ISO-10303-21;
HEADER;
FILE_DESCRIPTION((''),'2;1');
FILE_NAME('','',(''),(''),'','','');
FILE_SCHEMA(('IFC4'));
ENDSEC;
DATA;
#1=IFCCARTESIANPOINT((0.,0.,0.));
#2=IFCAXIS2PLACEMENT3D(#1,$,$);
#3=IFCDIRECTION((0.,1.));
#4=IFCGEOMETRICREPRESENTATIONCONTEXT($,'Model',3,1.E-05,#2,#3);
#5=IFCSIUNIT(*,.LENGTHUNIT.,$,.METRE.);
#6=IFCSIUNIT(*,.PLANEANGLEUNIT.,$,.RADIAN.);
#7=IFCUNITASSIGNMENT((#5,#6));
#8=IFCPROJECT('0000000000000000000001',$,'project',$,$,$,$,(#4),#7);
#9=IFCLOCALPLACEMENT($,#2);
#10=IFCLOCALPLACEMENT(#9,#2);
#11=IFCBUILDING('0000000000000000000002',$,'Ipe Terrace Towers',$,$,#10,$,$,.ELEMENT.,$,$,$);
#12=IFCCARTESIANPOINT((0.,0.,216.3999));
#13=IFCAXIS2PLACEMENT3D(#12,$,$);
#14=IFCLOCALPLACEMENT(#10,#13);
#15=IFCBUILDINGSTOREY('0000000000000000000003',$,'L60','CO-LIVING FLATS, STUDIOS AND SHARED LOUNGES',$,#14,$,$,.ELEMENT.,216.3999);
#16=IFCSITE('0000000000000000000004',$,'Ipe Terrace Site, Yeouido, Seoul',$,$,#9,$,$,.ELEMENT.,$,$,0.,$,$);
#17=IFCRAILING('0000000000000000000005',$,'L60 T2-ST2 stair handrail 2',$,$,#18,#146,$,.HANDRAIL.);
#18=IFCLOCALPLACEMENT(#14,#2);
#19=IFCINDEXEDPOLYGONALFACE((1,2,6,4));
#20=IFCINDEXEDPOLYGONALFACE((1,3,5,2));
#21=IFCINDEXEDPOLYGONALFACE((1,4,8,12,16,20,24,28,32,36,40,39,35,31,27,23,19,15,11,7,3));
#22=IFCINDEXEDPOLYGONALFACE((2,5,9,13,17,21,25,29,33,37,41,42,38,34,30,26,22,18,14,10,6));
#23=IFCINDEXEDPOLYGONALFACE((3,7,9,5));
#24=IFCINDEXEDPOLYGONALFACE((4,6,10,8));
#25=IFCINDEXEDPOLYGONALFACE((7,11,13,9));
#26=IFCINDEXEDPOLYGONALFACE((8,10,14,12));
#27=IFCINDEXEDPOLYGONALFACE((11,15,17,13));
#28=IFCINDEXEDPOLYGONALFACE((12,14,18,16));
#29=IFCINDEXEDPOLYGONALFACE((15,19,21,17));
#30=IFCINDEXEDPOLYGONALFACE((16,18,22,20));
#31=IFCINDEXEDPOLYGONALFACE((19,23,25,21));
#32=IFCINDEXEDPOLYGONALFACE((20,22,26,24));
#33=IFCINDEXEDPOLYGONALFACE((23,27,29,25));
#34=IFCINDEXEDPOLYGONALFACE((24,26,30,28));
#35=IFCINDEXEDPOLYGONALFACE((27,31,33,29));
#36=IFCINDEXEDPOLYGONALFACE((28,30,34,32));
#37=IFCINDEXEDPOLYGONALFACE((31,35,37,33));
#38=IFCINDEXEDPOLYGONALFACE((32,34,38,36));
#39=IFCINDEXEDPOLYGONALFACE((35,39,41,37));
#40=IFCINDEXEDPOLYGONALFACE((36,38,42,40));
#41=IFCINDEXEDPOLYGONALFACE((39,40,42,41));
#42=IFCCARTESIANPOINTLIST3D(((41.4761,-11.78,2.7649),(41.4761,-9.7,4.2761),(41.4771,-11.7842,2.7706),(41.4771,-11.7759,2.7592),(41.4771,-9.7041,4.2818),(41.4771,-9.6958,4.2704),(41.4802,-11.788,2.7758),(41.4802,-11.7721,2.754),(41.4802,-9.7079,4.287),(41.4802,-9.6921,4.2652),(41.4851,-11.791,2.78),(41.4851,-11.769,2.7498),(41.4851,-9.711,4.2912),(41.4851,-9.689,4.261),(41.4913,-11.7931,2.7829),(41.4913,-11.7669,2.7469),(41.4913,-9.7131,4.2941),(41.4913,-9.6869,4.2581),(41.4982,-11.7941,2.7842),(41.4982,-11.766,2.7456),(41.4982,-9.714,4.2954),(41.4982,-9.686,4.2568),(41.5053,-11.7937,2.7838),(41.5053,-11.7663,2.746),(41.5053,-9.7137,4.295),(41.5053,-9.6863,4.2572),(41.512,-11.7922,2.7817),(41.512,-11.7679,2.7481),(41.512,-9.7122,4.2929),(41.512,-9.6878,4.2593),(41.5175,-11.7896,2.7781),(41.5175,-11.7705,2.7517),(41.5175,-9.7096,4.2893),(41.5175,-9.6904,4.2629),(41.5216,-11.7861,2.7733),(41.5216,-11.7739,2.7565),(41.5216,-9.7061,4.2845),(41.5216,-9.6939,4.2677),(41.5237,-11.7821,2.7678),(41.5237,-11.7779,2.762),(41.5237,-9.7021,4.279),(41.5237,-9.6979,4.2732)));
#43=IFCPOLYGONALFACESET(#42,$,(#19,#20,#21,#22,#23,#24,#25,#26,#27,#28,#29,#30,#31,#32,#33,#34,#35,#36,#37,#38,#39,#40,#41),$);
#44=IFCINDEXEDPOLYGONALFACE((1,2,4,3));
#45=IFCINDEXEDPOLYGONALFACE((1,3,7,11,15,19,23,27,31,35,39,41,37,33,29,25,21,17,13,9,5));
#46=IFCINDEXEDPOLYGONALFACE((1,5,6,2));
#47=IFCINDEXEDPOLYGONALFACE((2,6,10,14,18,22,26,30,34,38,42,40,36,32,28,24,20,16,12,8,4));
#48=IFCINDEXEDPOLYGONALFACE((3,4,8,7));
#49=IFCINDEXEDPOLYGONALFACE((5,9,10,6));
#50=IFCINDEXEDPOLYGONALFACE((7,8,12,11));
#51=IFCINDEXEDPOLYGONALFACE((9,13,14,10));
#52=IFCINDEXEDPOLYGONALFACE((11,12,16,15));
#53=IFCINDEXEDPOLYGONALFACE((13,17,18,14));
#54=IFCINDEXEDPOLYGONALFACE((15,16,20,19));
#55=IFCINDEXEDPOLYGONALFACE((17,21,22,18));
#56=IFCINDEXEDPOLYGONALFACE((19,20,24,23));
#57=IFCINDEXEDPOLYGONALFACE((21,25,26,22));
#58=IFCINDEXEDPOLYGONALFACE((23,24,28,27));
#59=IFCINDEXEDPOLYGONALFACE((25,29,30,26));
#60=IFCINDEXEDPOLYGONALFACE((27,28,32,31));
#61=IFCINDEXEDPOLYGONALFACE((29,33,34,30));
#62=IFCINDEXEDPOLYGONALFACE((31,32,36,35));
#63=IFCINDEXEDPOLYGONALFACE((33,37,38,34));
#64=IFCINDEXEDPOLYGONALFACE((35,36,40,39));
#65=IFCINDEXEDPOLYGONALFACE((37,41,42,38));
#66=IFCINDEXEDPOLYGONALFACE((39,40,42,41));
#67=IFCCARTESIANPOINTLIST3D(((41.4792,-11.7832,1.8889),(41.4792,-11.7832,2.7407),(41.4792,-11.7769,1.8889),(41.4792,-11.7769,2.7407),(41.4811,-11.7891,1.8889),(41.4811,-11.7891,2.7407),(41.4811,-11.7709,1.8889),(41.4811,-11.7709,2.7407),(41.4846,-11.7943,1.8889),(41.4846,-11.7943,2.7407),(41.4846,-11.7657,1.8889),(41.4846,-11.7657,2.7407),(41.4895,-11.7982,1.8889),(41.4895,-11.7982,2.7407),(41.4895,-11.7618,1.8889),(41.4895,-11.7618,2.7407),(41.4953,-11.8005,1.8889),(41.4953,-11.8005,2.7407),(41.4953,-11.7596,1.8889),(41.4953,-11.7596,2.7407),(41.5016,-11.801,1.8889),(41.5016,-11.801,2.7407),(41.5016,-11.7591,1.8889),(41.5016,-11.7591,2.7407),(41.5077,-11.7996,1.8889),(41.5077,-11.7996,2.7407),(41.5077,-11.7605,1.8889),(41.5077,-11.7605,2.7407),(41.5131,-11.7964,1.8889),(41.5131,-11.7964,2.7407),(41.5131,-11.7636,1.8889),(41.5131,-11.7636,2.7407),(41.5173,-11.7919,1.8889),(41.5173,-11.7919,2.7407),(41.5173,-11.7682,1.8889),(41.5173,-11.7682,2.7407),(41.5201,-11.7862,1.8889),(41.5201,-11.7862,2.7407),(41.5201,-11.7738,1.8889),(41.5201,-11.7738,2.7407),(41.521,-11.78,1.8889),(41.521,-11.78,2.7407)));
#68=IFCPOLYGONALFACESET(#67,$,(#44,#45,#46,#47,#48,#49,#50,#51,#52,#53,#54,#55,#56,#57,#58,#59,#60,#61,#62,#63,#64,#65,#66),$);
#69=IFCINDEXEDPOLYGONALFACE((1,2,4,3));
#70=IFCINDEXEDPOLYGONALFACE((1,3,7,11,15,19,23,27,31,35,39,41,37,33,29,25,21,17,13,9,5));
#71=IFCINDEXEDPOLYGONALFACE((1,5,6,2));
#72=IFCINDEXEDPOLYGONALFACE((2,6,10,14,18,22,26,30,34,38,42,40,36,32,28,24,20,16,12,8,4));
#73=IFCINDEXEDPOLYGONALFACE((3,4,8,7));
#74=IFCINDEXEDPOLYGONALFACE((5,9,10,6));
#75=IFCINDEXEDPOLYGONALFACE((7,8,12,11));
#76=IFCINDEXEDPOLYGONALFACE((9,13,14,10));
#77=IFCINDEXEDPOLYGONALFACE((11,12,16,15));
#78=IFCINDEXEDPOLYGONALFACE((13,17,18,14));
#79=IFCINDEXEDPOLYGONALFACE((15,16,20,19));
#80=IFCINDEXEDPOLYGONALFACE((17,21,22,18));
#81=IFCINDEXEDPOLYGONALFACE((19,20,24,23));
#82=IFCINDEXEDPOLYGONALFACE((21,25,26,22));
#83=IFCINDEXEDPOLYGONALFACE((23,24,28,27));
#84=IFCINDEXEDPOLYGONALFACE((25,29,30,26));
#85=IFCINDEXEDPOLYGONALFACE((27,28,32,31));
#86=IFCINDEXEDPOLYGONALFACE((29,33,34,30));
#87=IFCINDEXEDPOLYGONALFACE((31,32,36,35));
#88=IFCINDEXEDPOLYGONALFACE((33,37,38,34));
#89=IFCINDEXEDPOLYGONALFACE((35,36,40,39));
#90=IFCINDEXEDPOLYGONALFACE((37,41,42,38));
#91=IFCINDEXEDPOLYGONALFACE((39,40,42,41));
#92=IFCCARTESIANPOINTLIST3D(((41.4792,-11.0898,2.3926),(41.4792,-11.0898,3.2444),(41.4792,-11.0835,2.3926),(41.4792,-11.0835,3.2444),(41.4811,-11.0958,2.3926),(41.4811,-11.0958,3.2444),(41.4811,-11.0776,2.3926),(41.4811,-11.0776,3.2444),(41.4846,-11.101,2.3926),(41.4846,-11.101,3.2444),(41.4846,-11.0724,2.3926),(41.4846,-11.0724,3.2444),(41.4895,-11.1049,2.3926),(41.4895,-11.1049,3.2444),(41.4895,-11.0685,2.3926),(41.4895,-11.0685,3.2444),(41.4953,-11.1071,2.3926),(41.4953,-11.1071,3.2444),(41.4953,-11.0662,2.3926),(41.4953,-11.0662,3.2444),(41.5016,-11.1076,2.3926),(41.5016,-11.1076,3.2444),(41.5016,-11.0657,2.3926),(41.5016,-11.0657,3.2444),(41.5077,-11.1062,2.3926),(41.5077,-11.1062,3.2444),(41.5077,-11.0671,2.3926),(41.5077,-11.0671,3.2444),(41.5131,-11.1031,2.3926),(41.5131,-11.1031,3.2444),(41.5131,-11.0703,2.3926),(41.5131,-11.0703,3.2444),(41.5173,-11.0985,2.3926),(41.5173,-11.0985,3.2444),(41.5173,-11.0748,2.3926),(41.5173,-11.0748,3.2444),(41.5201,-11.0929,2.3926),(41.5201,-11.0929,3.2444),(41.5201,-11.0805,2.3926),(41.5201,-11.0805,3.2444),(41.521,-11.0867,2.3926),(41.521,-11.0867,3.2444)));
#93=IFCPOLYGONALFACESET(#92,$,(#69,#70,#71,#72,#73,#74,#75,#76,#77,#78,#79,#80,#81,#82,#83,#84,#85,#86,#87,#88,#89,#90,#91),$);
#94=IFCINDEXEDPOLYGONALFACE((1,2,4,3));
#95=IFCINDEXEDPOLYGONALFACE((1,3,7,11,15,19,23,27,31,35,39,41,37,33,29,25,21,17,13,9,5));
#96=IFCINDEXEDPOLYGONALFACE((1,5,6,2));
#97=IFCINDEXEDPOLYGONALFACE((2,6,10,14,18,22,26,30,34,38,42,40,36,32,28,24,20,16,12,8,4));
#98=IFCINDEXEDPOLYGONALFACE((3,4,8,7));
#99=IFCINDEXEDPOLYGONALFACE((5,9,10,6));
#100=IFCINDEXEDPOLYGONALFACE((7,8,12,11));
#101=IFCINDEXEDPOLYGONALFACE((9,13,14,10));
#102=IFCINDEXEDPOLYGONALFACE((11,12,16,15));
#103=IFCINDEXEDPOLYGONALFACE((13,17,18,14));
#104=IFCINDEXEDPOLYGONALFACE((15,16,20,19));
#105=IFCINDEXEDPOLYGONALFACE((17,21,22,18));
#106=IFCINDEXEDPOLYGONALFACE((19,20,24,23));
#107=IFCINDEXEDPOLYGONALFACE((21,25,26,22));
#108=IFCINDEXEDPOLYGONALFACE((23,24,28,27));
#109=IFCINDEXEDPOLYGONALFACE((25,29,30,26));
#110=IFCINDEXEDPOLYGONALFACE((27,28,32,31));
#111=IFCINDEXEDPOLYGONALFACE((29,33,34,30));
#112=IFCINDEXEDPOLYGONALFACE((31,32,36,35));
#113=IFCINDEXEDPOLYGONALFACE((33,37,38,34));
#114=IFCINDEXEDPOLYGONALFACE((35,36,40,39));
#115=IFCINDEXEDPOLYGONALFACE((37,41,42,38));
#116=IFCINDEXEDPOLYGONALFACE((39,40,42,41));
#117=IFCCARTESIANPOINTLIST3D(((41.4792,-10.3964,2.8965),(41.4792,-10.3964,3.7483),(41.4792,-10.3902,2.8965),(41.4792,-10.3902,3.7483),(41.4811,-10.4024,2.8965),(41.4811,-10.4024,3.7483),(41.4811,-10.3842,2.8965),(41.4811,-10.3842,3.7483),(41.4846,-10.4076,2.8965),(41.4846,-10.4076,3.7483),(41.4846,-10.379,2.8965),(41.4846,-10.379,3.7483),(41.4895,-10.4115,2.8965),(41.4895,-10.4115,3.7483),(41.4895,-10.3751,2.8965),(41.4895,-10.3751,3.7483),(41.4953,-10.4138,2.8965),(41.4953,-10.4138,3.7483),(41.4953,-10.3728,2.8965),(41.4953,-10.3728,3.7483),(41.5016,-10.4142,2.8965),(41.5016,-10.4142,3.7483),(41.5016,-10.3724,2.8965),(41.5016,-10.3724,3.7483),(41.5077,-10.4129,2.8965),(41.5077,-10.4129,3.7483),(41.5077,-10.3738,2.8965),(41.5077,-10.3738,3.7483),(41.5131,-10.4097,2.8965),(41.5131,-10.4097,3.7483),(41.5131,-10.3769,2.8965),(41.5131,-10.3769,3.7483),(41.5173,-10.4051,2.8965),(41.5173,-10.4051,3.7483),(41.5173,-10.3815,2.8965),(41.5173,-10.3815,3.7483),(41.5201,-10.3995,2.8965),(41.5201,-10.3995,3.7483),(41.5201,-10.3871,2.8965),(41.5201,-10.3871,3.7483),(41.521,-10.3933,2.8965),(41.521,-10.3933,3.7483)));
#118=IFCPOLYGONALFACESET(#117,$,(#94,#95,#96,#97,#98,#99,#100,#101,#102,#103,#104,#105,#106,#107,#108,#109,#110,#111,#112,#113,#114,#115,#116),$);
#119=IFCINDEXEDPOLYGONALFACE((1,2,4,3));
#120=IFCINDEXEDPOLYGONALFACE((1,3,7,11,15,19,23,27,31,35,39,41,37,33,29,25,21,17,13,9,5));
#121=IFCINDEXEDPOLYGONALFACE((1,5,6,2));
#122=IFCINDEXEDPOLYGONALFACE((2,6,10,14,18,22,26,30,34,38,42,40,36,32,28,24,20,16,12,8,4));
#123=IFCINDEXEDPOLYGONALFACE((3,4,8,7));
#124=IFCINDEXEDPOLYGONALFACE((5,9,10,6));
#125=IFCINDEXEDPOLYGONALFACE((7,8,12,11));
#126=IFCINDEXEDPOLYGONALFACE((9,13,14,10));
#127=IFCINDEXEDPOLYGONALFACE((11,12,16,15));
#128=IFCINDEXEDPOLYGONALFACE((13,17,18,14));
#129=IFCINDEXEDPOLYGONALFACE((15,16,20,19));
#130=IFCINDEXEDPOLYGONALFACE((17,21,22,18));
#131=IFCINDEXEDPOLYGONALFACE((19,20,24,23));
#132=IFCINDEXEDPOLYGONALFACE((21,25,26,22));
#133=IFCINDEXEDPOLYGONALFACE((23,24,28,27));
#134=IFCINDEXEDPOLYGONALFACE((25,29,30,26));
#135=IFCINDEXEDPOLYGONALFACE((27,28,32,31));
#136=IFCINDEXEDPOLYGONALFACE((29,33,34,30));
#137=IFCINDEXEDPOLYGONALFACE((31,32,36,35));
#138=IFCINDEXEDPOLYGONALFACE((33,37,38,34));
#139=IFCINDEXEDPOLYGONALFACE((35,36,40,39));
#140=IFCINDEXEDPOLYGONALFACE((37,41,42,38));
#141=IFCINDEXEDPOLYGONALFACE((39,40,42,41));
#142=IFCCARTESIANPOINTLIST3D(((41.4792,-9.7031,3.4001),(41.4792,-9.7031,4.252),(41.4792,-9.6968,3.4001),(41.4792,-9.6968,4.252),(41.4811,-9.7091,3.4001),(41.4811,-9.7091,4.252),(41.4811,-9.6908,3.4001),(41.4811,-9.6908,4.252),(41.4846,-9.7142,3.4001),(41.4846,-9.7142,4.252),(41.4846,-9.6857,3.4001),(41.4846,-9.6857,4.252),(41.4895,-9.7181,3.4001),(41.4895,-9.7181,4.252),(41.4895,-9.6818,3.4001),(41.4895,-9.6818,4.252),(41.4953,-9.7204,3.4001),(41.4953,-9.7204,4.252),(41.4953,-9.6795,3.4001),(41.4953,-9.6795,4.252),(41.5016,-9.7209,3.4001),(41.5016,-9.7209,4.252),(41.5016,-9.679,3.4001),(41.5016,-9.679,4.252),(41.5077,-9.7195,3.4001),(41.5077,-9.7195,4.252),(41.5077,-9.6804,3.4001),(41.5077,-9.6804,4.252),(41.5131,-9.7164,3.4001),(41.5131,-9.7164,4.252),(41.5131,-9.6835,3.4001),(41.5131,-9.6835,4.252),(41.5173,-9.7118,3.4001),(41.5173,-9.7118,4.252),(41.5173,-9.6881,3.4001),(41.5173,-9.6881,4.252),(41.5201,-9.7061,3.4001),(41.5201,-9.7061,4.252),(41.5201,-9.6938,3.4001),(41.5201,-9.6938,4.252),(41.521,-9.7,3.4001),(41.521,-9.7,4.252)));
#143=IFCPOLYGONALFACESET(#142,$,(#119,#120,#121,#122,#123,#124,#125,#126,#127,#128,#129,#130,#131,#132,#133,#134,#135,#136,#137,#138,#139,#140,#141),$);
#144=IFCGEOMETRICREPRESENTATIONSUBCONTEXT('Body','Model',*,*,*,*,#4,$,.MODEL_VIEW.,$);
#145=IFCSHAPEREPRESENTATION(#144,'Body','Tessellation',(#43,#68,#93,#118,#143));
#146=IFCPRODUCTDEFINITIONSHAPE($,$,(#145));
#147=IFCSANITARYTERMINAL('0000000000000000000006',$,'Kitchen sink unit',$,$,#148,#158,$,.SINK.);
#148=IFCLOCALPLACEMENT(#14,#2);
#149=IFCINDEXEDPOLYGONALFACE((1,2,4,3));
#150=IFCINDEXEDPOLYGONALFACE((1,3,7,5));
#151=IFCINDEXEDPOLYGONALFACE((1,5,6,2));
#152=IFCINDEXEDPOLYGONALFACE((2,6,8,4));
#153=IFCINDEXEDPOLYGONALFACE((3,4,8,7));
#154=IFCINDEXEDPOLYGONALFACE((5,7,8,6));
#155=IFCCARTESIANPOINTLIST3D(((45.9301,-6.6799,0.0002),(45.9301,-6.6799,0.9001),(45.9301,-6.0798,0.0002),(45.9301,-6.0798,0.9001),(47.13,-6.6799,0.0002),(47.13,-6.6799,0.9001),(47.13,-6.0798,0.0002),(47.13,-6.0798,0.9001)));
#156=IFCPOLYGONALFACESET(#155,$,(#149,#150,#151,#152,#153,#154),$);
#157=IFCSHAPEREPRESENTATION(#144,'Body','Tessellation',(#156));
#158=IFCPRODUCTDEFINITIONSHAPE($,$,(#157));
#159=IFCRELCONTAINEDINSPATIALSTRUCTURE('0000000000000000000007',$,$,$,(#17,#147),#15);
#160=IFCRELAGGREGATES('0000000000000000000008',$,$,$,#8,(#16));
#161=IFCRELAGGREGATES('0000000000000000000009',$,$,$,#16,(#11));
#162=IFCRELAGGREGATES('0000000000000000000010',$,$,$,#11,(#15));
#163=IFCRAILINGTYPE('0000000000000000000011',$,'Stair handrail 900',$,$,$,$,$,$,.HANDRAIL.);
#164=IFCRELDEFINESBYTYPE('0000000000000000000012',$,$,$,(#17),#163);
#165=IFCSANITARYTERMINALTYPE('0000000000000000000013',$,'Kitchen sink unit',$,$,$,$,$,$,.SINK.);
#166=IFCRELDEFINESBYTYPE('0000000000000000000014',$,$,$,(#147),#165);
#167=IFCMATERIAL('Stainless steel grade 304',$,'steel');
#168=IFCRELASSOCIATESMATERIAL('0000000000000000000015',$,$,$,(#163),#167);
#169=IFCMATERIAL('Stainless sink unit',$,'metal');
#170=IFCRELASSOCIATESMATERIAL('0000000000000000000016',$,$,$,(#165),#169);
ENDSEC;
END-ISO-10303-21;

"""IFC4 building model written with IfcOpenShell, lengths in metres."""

from ifc_helpers import new_model, si_unit, direction, frame, origin, origin_2d, place, context, subcontext, project, spatial, rectangle, circle, extrude, material, type_object, element, save


model = new_model("IFC4")

# Units and contexts
model_context = context("Model", 3, precision=1e-05, world=origin(), true_north=direction((0.0, 1.0)))
body_context = subcontext(model_context, "Body", "Model", "MODEL_VIEW")
ifc_project = project(units=[si_unit("LENGTHUNIT", "METRE"), si_unit("PLANEANGLEUNIT", "RADIAN")], contexts=[model_context])

# Site, building, storey
site_placement = place(None, origin())
site = spatial("IfcSite", under=ifc_project, at=site_placement, Name="Ipe Terrace Site, Yeouido, Seoul", CompositionType="ELEMENT", RefElevation=0.0)
building_placement = place(site_placement, origin())
building = spatial("IfcBuilding", under=site, at=building_placement, Name="Ipe Terrace Towers", CompositionType="ELEMENT")
storey_placement = place(building_placement, frame((0.0, 0.0, 216.3999)))
storey = spatial("IfcBuildingStorey", under=building, at=storey_placement, Name="L60", Description="CO-LIVING FLATS, STUDIOS AND SHARED LOUNGES", CompositionType="ELEMENT", Elevation=216.3999)

# Railing
ifc_material_1 = material(Name="Stainless steel grade 304", Category="steel")
railing_type = type_object("IfcRailingType", Name="Stair handrail 900", PredefinedType="HANDRAIL", material=ifc_material_1)
railing_placement = place(storey_placement, frame((41.5, -11.78, 1.8889)))
element("IfcRailing", 1, at=railing_placement, inside=storey, type_object=railing_type, Name="L60 T2-ST2 stair handrail 2", PredefinedType="HANDRAIL", context=body_context, shape_type="SweptSolid", body=[
    extrude(circle(Radius=0.0239, at=origin_2d()), frame((0.0, 0.0, 0.876), z_axis=(0.0, 0.809023, 0.587776), x_axis=(-1.0, 0.0, 0.0)), (0.0, 0.0, 1.0), 2.571),
    extrude(circle(Radius=0.021, at=origin_2d()), origin(), (0.0, 0.0, 1.0), 0.8518),
    extrude(circle(Radius=0.021, at=origin_2d()), frame((0.0, 0.6934, 0.5037)), (0.0, 0.0, 1.0), 0.8518),
    extrude(circle(Radius=0.021, at=origin_2d()), frame((0.0, 1.3867, 1.0076)), (0.0, 0.0, 1.0), 0.8518),
    extrude(circle(Radius=0.021, at=origin_2d()), frame((0.0, 2.0801, 1.5112)), (0.0, 0.0, 1.0), 0.8518),
])

# Sanitary terminal
ifc_material_2 = material(Name="Stainless sink unit", Category="metal")
sanitary_terminal_type = type_object("IfcSanitaryTerminalType", Name="Kitchen sink unit", PredefinedType="SINK", material=ifc_material_2)
sanitary_terminal_placement = place(storey_placement, frame((46.53, -6.3799, 0.0002), z_axis=(0.0, 0.0, 1.0), x_axis=(-1.0, 0.0, 0.0)))
element("IfcSanitaryTerminal", 2, at=sanitary_terminal_placement, inside=storey, type_object=sanitary_terminal_type, Name="Kitchen sink unit", PredefinedType="SINK", context=body_context, shape_type="SweptSolid", body=[
    extrude(rectangle(XDim=1.2, YDim=0.6001, at=origin_2d()), origin(), (0.0, 0.0, 1.0), 0.8999),
])

save(model, "model.ifc")
